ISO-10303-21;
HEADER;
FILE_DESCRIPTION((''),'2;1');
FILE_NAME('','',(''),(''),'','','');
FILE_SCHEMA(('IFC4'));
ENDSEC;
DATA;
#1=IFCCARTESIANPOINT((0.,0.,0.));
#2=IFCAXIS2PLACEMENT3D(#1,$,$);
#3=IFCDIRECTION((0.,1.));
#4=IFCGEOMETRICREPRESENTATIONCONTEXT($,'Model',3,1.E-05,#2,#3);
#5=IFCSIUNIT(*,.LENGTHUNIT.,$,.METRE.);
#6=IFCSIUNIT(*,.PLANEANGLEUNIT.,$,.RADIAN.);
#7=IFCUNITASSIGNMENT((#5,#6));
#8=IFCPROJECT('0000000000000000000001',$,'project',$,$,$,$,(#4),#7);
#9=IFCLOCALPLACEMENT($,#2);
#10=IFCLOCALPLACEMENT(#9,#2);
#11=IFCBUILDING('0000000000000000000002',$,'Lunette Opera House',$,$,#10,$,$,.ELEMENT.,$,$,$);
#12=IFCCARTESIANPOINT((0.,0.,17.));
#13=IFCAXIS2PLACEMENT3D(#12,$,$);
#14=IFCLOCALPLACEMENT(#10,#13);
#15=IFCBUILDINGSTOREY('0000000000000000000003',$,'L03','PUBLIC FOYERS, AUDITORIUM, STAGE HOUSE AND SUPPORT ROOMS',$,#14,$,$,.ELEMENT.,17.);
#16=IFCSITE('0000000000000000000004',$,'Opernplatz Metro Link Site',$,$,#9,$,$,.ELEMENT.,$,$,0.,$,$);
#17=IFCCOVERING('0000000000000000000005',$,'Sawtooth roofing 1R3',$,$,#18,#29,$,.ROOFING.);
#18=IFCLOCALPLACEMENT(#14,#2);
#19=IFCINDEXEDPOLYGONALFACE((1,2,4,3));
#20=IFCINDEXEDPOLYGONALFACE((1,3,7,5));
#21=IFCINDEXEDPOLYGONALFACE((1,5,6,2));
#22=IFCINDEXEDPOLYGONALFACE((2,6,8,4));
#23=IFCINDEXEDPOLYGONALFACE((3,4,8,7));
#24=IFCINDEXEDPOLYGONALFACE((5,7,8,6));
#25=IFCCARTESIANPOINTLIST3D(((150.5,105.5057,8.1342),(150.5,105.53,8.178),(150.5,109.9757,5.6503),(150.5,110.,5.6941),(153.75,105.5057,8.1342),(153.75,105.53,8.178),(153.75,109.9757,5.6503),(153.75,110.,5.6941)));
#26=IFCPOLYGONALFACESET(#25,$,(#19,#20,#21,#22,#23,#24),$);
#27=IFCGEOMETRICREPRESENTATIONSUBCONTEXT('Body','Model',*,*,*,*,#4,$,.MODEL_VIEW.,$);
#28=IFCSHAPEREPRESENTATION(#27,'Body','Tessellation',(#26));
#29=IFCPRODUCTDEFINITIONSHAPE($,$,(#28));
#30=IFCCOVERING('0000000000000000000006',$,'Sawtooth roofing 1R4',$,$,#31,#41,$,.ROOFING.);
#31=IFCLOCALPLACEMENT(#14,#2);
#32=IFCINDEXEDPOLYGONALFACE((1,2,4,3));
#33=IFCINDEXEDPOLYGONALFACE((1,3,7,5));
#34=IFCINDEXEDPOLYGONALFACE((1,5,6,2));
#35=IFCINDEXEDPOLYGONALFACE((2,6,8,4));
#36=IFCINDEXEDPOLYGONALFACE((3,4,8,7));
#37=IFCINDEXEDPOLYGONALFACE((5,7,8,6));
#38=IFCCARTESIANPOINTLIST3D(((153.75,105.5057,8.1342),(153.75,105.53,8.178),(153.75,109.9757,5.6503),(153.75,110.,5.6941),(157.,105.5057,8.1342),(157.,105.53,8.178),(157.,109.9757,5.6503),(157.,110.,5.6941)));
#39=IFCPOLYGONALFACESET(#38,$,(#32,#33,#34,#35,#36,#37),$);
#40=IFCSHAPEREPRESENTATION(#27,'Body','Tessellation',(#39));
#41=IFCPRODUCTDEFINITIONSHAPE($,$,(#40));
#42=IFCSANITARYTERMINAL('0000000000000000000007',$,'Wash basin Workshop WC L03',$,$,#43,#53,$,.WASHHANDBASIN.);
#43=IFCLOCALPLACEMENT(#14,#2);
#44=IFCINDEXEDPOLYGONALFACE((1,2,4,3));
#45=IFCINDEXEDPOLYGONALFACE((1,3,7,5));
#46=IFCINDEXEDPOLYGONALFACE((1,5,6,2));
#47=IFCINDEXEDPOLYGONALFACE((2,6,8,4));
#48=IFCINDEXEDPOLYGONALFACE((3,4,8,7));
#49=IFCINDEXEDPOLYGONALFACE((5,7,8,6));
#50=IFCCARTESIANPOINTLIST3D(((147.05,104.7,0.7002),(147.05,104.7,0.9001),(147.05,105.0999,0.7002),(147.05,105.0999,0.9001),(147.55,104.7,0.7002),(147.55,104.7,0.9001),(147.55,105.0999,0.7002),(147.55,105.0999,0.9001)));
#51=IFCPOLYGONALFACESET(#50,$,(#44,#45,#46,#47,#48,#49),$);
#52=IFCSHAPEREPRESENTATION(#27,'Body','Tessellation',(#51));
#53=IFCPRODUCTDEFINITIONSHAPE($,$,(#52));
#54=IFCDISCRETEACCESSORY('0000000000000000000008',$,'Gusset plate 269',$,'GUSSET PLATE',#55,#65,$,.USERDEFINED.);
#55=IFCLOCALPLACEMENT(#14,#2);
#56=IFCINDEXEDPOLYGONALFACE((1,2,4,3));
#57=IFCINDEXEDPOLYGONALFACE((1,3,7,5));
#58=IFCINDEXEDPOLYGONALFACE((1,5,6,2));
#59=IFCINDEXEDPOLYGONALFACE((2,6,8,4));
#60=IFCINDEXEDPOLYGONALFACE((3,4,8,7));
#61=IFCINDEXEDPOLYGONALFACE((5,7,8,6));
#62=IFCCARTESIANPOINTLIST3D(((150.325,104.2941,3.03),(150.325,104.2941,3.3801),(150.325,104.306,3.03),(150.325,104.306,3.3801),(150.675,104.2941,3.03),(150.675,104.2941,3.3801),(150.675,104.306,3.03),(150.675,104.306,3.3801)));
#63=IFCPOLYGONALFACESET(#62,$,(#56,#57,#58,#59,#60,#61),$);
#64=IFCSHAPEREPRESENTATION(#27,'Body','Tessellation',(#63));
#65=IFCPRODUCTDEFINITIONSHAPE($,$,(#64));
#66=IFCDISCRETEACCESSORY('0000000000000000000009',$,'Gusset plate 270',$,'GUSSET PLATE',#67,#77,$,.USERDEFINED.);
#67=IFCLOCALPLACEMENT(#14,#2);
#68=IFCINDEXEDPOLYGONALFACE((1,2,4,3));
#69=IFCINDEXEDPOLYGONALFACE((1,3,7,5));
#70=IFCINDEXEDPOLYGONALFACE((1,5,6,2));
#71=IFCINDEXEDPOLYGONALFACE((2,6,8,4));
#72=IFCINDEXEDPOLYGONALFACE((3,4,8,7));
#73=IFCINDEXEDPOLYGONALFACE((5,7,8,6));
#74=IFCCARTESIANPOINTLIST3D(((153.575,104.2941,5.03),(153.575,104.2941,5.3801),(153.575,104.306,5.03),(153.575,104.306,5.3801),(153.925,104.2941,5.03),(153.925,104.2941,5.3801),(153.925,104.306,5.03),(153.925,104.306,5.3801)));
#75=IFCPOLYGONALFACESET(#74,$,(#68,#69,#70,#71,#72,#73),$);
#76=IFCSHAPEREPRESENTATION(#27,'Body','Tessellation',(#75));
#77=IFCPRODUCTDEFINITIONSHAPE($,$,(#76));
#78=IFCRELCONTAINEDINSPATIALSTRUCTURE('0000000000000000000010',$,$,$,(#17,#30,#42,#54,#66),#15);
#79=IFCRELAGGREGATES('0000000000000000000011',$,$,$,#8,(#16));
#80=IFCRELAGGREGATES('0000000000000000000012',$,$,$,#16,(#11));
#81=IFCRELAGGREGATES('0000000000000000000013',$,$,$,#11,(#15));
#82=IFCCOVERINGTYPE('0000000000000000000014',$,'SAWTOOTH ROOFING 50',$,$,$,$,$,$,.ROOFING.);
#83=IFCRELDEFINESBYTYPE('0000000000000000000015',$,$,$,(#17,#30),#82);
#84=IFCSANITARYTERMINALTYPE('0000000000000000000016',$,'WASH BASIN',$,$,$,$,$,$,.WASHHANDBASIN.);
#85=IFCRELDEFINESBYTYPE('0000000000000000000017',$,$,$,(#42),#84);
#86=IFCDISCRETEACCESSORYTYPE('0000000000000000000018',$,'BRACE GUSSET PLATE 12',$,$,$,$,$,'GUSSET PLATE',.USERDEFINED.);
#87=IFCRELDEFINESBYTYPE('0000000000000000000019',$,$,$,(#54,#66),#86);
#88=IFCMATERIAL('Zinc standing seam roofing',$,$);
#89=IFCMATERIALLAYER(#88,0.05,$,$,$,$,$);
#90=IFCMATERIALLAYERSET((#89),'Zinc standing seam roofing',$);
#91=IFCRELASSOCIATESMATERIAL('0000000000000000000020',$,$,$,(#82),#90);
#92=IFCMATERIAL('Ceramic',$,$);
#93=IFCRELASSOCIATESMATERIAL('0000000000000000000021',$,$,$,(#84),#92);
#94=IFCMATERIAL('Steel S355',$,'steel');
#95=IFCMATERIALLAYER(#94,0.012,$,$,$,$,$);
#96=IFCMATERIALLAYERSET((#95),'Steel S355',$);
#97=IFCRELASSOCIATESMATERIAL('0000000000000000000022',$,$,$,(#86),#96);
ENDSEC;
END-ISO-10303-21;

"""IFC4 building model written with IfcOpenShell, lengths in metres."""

from ifc_helpers import new_model, si_unit, direction, frame, origin, origin_2d, place, context, subcontext, project, spatial, polyline, rectangle, outline, extrude, material, layer, layer_set, type_object, element, save


model = new_model("IFC4")

# Units and contexts
model_context = context("Model", 3, precision=1e-05, world=origin(), true_north=direction((0.0, 1.0)))
body_context = subcontext(model_context, "Body", "Model", "MODEL_VIEW")
ifc_project = project(units=[si_unit("LENGTHUNIT", "METRE"), si_unit("PLANEANGLEUNIT", "RADIAN")], contexts=[model_context])

# Site, building, storey
site_placement = place(None, origin())
site = spatial("IfcSite", under=ifc_project, at=site_placement, Name="Opernplatz Metro Link Site", CompositionType="ELEMENT", RefElevation=0.0)
building_placement = place(site_placement, origin())
building = spatial("IfcBuilding", under=site, at=building_placement, Name="Lunette Opera House", CompositionType="ELEMENT")
storey_placement = place(building_placement, frame((0.0, 0.0, 17.0)))
storey = spatial("IfcBuildingStorey", under=building, at=storey_placement, Name="L03", Description="PUBLIC FOYERS, AUDITORIUM, STAGE HOUSE AND SUPPORT ROOMS", CompositionType="ELEMENT", Elevation=17.0)

# Coverings
ifc_material_1 = material(Name="Zinc standing seam roofing")
ifc_layer_1 = layer(ifc_material_1, 0.05)
ifc_layer_set_1 = layer_set([ifc_layer_1], Name="Zinc standing seam roofing")
covering_type_1 = type_object("IfcCoveringType", Name="SAWTOOTH ROOFING 50", PredefinedType="ROOFING", material=ifc_layer_set_1)
for number, where, z_axis, x_axis, name in (
    (1, (150.5, 105.53, 8.178), (0.0, 0.485728, 0.87411), (1.0, 0.0, 0.0), "Sawtooth roofing 1R3"),
    (2, (153.75, 105.53, 8.178), (0.0, 0.485728, 0.87411), (1.0, 0.0, 0.0), "Sawtooth roofing 1R4"),
):
    element("IfcCovering", number, at=place(storey_placement, frame(where, z_axis=z_axis, x_axis=x_axis)), inside=storey, type_object=covering_type_1, Name=name, PredefinedType="ROOFING", context=body_context, shape_type="SweptSolid", body=[
        extrude(outline(polyline([(0.0, 0.0), (3.25, 0.0), (3.25, 5.1137), (0.0, 5.1137), (0.0, 0.0)])), origin(), (0.0, 0.0, -1.0), 0.05),
    ])

# Sanitary terminal
ifc_material_2 = material(Name="Ceramic")
sanitary_terminal_type = type_object("IfcSanitaryTerminalType", Name="WASH BASIN", PredefinedType="WASHHANDBASIN", material=ifc_material_2)
sanitary_terminal_placement = place(storey_placement, frame((147.3, 104.8999, 0.7002), z_axis=(0.0, 0.0, 1.0), x_axis=(1.0, 0.0, 0.0)))
element("IfcSanitaryTerminal", 3, at=sanitary_terminal_placement, inside=storey, type_object=sanitary_terminal_type, Name="Wash basin Workshop WC L03", PredefinedType="WASHHANDBASIN", context=body_context, shape_type="SweptSolid", body=[
    extrude(rectangle(XDim=0.5, YDim=0.3999, at=origin_2d()), origin(), (0.0, 0.0, 1.0), 0.2),
])

# Discrete accessories
ifc_material_3 = material(Name="Steel S355", Category="steel")
ifc_layer_2 = layer(ifc_material_3, 0.012)
ifc_layer_set_2 = layer_set([ifc_layer_2], Name="Steel S355")
discrete_accessory_type = type_object("IfcDiscreteAccessoryType", Name="BRACE GUSSET PLATE 12", ElementType="GUSSET PLATE", PredefinedType="USERDEFINED", material=ifc_layer_set_2)
for number, where, z_axis, x_axis, name in (
    (4, (150.5, 104.3, 3.03), (0.0, 0.0, 1.0), (1.0, 0.0, 0.0), "Gusset plate 269"),
    (5, (153.75, 104.3, 5.03), (0.0, 0.0, 1.0), (1.0, 0.0, 0.0), "Gusset plate 270"),
):
    element("IfcDiscreteAccessory", number, at=place(storey_placement, frame(where, z_axis=z_axis, x_axis=x_axis)), inside=storey, type_object=discrete_accessory_type, Name=name, ObjectType="GUSSET PLATE", PredefinedType="USERDEFINED", context=body_context, shape_type="SweptSolid", body=[
        extrude(rectangle(XDim=0.3501, YDim=0.012, at=origin_2d()), origin(), (0.0, 0.0, 1.0), 0.3501),
    ])

save(model, "model.ifc")
